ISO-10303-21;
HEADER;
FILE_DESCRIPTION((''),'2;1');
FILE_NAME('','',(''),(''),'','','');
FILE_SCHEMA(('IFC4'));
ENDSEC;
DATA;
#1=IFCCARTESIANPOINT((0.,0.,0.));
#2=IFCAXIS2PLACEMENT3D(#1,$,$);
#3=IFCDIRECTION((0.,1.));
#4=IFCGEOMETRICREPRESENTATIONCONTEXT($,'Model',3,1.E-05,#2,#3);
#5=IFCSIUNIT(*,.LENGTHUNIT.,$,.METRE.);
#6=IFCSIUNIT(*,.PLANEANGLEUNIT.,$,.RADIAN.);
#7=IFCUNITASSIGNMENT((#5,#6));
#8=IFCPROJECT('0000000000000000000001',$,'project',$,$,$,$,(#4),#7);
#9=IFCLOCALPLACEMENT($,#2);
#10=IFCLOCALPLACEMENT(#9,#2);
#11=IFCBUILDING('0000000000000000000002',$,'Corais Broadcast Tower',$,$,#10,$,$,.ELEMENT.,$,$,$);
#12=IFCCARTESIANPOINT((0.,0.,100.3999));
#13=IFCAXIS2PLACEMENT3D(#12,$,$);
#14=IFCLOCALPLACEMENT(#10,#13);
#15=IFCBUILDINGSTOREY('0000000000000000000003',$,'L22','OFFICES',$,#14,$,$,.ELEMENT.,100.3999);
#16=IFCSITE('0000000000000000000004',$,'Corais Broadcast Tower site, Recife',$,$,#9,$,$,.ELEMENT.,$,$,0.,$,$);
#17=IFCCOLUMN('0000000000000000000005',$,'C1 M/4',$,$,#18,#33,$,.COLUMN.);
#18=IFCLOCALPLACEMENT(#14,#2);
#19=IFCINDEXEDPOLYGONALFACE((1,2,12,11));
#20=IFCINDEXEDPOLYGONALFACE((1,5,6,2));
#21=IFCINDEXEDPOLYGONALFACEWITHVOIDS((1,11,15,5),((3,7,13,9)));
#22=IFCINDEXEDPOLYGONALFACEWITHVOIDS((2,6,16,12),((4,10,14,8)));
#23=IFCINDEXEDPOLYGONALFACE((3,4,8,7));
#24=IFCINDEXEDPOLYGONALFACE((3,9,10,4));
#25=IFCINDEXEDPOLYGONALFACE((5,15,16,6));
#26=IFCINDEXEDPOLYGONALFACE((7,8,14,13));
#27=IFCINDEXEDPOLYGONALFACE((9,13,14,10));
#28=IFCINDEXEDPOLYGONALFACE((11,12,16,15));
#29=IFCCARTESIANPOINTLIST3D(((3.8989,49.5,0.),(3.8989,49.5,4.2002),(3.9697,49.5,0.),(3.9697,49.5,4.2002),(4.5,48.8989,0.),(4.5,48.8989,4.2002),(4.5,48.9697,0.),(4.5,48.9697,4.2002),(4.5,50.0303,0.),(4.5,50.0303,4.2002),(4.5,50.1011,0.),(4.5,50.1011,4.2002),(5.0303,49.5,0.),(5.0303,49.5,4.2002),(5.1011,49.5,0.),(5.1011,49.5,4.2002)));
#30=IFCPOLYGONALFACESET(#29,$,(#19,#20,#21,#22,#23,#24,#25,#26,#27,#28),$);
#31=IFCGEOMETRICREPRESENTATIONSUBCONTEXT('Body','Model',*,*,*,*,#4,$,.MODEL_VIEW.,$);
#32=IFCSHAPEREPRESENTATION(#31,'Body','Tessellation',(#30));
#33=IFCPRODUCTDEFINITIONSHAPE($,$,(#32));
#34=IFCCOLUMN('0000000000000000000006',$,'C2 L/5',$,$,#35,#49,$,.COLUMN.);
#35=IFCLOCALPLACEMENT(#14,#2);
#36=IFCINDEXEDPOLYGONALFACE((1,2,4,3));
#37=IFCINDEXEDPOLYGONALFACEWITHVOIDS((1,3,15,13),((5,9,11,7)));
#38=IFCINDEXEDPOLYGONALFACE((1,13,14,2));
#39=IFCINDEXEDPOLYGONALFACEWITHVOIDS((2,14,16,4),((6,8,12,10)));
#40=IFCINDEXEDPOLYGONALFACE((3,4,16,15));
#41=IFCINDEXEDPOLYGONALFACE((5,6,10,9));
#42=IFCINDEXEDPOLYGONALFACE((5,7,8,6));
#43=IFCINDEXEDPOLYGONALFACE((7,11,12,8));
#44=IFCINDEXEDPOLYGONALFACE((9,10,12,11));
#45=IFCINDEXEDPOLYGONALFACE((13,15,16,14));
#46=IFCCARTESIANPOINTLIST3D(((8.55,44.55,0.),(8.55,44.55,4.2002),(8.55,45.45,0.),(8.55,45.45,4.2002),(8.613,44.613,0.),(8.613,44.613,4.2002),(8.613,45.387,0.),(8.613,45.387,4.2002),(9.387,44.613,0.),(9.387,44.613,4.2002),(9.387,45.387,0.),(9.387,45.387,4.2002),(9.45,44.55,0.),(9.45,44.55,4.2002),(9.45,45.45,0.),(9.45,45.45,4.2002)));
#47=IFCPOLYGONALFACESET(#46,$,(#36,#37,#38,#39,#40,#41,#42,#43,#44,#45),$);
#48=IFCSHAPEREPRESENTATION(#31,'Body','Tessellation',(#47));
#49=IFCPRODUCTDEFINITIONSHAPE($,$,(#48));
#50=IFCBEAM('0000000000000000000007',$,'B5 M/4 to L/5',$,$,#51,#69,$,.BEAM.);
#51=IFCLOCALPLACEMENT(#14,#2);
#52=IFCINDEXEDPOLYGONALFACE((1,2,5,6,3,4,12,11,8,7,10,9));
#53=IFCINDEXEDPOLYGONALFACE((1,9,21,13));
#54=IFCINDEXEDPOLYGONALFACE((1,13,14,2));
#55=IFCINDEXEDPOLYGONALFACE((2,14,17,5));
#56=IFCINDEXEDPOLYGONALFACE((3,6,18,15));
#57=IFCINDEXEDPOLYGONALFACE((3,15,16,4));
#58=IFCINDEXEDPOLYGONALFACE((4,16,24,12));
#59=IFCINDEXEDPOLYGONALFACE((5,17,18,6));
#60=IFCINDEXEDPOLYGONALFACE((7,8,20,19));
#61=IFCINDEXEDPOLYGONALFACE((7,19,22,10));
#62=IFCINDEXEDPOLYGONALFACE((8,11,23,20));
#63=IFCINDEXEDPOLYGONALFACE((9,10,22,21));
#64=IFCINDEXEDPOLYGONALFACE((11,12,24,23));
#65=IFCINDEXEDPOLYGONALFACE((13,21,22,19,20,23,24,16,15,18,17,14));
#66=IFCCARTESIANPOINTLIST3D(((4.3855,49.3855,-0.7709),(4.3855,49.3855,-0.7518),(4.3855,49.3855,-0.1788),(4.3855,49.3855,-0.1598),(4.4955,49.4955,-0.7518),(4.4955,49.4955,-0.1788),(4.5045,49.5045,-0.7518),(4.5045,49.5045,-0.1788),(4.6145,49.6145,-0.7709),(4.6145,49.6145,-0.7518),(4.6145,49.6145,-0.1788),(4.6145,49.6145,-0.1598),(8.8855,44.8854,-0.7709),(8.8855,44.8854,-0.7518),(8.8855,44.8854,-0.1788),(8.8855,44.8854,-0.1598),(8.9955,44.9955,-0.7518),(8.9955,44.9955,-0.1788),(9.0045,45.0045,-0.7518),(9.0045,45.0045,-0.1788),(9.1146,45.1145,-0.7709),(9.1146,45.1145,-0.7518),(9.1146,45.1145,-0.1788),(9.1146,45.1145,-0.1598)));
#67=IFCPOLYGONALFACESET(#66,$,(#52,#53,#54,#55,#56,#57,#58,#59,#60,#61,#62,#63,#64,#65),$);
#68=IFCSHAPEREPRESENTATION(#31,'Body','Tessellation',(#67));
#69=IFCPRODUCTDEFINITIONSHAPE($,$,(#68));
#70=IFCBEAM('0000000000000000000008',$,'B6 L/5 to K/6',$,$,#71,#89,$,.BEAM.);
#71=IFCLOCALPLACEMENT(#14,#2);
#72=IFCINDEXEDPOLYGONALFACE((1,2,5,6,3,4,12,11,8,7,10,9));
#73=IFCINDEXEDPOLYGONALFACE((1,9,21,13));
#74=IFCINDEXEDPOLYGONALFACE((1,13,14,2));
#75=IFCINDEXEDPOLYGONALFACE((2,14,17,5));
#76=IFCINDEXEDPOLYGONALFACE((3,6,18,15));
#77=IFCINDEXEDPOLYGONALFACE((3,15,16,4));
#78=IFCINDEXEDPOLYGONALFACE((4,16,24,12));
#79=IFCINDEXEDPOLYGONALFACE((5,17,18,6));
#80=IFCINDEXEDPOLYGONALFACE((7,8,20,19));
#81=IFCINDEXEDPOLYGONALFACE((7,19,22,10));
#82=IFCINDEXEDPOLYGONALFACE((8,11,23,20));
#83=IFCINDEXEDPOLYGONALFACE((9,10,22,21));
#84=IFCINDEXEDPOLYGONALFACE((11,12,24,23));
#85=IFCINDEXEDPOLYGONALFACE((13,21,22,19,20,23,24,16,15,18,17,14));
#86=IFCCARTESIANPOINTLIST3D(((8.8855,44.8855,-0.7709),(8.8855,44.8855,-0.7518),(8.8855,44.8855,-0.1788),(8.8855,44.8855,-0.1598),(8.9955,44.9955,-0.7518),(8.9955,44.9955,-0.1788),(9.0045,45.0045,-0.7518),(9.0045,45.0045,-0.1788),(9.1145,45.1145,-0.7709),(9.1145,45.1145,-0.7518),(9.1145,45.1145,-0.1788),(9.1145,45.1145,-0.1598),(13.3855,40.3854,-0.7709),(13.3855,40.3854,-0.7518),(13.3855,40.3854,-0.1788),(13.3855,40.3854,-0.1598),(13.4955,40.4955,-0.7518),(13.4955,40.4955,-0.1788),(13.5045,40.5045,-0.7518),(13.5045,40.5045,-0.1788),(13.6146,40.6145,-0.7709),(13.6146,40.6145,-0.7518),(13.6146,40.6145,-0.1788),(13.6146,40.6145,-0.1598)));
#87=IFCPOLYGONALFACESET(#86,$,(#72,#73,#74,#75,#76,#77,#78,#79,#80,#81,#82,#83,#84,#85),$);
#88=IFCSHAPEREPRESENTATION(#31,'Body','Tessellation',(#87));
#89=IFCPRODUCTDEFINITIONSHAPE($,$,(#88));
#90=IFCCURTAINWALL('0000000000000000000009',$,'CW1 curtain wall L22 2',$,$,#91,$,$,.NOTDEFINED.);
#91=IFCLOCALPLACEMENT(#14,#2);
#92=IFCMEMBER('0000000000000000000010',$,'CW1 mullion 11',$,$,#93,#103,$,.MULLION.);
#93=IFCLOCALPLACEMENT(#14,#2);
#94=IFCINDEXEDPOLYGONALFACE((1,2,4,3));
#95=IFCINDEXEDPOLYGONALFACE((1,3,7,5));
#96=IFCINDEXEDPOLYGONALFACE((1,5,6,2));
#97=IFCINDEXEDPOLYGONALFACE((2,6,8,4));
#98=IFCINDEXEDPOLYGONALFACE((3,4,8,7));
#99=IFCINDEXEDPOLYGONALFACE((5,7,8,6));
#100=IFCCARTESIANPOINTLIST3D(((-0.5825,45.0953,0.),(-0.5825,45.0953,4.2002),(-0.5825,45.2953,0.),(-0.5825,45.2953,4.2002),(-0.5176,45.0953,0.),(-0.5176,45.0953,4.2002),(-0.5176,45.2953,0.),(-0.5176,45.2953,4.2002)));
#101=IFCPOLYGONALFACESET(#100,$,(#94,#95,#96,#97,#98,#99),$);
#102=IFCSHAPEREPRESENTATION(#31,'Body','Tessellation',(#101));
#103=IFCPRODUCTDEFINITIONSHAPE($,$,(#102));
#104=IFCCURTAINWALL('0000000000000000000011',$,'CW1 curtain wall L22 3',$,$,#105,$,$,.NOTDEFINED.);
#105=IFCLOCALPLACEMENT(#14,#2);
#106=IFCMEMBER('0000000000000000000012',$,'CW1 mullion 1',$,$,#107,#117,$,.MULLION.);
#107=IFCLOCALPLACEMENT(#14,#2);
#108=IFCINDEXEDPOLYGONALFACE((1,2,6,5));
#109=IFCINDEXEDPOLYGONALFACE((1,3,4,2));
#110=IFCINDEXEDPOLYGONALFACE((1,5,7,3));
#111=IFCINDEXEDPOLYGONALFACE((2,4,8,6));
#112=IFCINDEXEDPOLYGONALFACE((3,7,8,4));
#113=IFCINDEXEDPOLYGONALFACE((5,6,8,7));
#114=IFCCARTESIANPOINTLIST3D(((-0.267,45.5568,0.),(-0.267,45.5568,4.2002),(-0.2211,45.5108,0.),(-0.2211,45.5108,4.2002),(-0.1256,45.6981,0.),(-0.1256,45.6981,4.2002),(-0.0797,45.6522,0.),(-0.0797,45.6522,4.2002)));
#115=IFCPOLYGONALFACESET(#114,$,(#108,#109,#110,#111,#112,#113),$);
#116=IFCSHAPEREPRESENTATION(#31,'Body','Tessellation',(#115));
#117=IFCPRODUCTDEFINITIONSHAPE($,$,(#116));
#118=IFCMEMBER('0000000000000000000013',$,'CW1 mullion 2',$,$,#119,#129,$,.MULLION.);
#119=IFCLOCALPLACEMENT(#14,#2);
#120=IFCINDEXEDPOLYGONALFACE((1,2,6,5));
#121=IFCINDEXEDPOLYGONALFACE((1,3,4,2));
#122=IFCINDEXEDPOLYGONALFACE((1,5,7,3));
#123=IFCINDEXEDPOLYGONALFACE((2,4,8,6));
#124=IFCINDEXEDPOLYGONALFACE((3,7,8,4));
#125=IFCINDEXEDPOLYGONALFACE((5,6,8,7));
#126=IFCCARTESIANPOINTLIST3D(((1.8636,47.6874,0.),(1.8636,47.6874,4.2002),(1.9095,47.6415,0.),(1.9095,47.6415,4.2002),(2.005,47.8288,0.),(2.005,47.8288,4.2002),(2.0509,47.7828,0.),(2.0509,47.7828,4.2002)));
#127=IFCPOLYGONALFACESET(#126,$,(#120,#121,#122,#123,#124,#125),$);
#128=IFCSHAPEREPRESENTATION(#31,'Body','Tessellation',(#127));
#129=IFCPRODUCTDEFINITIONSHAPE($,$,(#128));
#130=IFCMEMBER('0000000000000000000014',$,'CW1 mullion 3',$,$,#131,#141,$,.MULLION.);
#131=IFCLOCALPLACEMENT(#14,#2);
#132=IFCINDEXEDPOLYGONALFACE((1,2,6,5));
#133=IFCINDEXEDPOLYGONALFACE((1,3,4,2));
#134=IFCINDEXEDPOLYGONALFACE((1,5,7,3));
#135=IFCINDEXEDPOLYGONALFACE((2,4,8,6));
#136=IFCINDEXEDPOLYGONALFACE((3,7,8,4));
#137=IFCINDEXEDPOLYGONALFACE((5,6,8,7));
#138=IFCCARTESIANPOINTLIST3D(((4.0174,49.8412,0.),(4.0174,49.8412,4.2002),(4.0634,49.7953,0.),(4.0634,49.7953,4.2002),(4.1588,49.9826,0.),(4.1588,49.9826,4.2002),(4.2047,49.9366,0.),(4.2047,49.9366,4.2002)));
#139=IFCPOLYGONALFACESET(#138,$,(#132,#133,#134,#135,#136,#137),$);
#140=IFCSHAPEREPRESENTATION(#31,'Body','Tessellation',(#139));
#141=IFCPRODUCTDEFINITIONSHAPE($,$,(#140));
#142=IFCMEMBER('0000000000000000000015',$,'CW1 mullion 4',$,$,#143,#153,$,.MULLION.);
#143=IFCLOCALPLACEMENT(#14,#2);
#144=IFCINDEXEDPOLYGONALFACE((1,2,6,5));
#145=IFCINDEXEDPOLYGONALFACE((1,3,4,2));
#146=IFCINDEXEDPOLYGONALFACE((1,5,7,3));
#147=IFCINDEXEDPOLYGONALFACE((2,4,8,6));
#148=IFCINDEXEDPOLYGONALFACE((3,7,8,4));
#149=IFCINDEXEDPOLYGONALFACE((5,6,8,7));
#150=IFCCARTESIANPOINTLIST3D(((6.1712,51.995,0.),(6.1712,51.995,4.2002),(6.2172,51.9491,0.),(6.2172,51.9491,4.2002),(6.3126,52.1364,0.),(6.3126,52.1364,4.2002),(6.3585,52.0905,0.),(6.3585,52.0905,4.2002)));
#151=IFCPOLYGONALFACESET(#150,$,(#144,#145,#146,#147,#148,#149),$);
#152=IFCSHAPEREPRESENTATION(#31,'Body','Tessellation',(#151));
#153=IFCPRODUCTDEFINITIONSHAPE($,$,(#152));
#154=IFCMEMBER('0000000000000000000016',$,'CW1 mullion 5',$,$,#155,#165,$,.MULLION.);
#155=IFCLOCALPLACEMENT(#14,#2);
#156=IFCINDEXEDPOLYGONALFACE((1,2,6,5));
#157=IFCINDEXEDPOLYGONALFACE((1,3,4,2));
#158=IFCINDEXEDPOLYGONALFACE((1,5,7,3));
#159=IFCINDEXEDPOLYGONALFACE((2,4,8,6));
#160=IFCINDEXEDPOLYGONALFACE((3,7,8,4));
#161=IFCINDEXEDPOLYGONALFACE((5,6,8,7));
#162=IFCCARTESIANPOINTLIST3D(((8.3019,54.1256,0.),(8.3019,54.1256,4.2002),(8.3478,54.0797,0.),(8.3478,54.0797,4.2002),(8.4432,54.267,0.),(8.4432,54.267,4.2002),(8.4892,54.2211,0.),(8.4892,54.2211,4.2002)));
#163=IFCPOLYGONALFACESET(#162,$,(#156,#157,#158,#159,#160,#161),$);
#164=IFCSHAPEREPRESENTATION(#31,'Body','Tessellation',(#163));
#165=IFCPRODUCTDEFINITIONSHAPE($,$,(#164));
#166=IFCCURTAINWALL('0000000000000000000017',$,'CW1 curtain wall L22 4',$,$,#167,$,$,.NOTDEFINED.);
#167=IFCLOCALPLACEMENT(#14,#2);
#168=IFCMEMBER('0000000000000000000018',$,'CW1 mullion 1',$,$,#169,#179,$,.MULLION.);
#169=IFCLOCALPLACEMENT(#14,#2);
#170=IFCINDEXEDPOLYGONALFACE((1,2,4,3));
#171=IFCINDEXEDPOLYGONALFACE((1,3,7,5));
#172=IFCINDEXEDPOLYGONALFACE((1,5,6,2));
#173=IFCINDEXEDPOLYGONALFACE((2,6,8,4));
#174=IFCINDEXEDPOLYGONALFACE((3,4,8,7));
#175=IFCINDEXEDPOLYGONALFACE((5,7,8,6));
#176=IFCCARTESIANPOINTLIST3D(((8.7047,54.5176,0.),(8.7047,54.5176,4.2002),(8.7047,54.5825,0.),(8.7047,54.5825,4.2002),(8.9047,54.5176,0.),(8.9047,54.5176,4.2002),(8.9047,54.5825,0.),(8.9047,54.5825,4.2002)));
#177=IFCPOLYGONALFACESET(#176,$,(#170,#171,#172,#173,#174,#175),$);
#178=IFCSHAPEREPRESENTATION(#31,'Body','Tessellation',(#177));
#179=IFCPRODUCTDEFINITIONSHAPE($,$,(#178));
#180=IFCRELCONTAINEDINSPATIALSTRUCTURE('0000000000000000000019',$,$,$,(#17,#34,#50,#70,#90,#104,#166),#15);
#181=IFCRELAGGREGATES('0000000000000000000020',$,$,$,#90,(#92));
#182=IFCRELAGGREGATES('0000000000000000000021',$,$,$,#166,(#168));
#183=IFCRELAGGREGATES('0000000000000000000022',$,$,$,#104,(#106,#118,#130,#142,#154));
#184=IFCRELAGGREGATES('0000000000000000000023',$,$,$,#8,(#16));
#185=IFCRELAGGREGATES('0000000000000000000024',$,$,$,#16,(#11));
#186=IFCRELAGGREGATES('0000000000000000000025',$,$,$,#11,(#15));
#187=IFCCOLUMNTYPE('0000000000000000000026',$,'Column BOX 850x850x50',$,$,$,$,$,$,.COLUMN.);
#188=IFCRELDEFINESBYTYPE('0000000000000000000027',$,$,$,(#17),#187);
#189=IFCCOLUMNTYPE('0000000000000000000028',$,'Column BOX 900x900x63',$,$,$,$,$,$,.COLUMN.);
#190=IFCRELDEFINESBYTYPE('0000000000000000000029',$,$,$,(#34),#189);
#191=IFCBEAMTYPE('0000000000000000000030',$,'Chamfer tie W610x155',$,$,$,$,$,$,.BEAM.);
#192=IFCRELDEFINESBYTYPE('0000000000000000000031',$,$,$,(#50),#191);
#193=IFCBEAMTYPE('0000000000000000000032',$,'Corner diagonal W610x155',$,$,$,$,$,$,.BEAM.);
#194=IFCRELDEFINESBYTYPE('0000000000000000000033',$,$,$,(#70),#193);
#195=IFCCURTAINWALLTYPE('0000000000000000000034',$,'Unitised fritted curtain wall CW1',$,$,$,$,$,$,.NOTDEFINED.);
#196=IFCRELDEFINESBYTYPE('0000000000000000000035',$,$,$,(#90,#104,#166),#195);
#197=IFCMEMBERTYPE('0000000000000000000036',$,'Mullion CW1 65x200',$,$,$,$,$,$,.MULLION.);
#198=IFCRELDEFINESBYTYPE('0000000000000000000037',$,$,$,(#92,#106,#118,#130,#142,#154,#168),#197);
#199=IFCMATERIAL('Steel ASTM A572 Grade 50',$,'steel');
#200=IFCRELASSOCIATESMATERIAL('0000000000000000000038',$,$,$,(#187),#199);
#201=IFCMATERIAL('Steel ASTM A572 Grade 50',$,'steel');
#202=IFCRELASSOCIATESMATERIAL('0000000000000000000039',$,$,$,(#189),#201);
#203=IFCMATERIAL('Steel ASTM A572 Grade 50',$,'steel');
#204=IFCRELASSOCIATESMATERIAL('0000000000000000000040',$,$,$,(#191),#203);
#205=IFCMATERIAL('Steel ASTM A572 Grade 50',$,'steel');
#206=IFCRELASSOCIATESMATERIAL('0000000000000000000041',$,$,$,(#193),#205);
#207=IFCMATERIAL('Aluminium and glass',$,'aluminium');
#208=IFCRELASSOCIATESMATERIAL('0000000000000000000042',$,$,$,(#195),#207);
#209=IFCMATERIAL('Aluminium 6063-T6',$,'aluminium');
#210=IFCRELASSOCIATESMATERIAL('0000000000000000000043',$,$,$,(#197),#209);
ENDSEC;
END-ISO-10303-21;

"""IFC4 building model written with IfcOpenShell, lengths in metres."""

from ifc_helpers import new_model, si_unit, direction, frame, origin, origin_2d, place, context, subcontext, project, spatial, rectangle, hollow_rectangle, i_section, extrude, material, material_profile, profile_set, type_object, element, aggregate, save


model = new_model("IFC4")

# Units and contexts
model_context = context("Model", 3, precision=1e-05, world=origin(), true_north=direction((0.0, 1.0)))
body_context = subcontext(model_context, "Body", "Model", "MODEL_VIEW")
ifc_project = project(units=[si_unit("LENGTHUNIT", "METRE"), si_unit("PLANEANGLEUNIT", "RADIAN")], contexts=[model_context])

# Site, building, storey
site_placement = place(None, origin())
site = spatial("IfcSite", under=ifc_project, at=site_placement, Name="Corais Broadcast Tower site, Recife", CompositionType="ELEMENT", RefElevation=0.0)
building_placement = place(site_placement, origin())
building = spatial("IfcBuilding", under=site, at=building_placement, Name="Corais Broadcast Tower", CompositionType="ELEMENT")
storey_placement = place(building_placement, frame((0.0, 0.0, 100.3999)))
storey = spatial("IfcBuildingStorey", under=building, at=storey_placement, Name="L22", Description="OFFICES", CompositionType="ELEMENT", Elevation=100.3999)

# Columns
ifc_material_1 = material(Name="Steel ASTM A572 Grade 50", Category="steel")
ifc_material_profile_1 = material_profile(ifc_material_1, hollow_rectangle(XDim=0.8501, YDim=0.8501, WallThickness=0.05, at=origin_2d()), Name="BOX 850x850x50")
ifc_profile_set_1 = profile_set([ifc_material_profile_1], Name="Steel ASTM A572 Grade 50")
column_type_1 = type_object("IfcColumnType", Name="Column BOX 850x850x50", PredefinedType="COLUMN", material=ifc_profile_set_1)
column_1_placement = place(storey_placement, frame((4.5, 49.5, 0.0), z_axis=(0.0, 0.0, 1.0), x_axis=(0.707107, 0.707107, 0.0)))
element("IfcColumn", 1, at=column_1_placement, inside=storey, type_object=column_type_1, Name="C1 M/4", PredefinedType="COLUMN", context=body_context, shape_type="SweptSolid", body=[
    extrude(hollow_rectangle(XDim=0.8501, YDim=0.8501, WallThickness=0.05, at=origin_2d()), origin(), (0.0, 0.0, 1.0), 4.2002),
])
ifc_material_2 = material(Name="Steel ASTM A572 Grade 50", Category="steel")
ifc_material_profile_2 = material_profile(ifc_material_2, hollow_rectangle(XDim=0.8999, YDim=0.8999, WallThickness=0.063, at=origin_2d()), Name="BOX 900x900x63")
ifc_profile_set_2 = profile_set([ifc_material_profile_2], Name="Steel ASTM A572 Grade 50")
column_type_2 = type_object("IfcColumnType", Name="Column BOX 900x900x63", PredefinedType="COLUMN", material=ifc_profile_set_2)
column_2_placement = place(storey_placement, frame((9.0, 45.0, 0.0), z_axis=(0.0, 0.0, 1.0), x_axis=(1.0, 0.0, 0.0)))
element("IfcColumn", 2, at=column_2_placement, inside=storey, type_object=column_type_2, Name="C2 L/5", PredefinedType="COLUMN", context=body_context, shape_type="SweptSolid", body=[
    extrude(hollow_rectangle(XDim=0.8999, YDim=0.8999, WallThickness=0.063, at=origin_2d()), origin(), (0.0, 0.0, 1.0), 4.2002),
])

# Beams
ifc_material_3 = material(Name="Steel ASTM A572 Grade 50", Category="steel")
ifc_material_profile_3 = material_profile(ifc_material_3, i_section(OverallWidth=0.324, OverallDepth=0.6111, WebThickness=0.0127, FlangeThickness=0.019, at=origin_2d()), Name="W610x155")
ifc_profile_set_3 = profile_set([ifc_material_profile_3], Name="Steel ASTM A572 Grade 50")
beam_type_1 = type_object("IfcBeamType", Name="Chamfer tie W610x155", PredefinedType="BEAM", material=ifc_profile_set_3)
beam_1_placement = place(storey_placement, frame((4.5, 49.5, -0.4653), z_axis=(0.707107, -0.707107, 0.0), x_axis=(0.707107, 0.707107, 0.0)))
element("IfcBeam", 3, at=beam_1_placement, inside=storey, type_object=beam_type_1, Name="B5 M/4 to L/5", PredefinedType="BEAM", context=body_context, shape_type="SweptSolid", body=[
    extrude(i_section(OverallWidth=0.324, OverallDepth=0.6111, WebThickness=0.0127, FlangeThickness=0.019, at=origin_2d()), origin(), (0.0, 0.0, 1.0), 6.364),
])
ifc_material_4 = material(Name="Steel ASTM A572 Grade 50", Category="steel")
ifc_material_profile_4 = material_profile(ifc_material_4, i_section(OverallWidth=0.324, OverallDepth=0.6111, WebThickness=0.0127, FlangeThickness=0.019, at=origin_2d()), Name="W610x155")
ifc_profile_set_4 = profile_set([ifc_material_profile_4], Name="Steel ASTM A572 Grade 50")
beam_type_2 = type_object("IfcBeamType", Name="Corner diagonal W610x155", PredefinedType="BEAM", material=ifc_profile_set_4)
beam_2_placement = place(storey_placement, frame((9.0, 45.0, -0.4653), z_axis=(0.707107, -0.707107, 0.0), x_axis=(0.707107, 0.707107, 0.0)))
element("IfcBeam", 4, at=beam_2_placement, inside=storey, type_object=beam_type_2, Name="B6 L/5 to K/6", PredefinedType="BEAM", context=body_context, shape_type="SweptSolid", body=[
    extrude(i_section(OverallWidth=0.324, OverallDepth=0.6111, WebThickness=0.0127, FlangeThickness=0.019, at=origin_2d()), origin(), (0.0, 0.0, 1.0), 6.364),
])

# Curtain wall, member
ifc_material_5 = material(Name="Aluminium and glass", Category="aluminium")
curtain_wall_type = type_object("IfcCurtainWallType", Name="Unitised fritted curtain wall CW1", PredefinedType="NOTDEFINED", material=ifc_material_5)
curtain_wall_1_placement = place(storey_placement, origin())
curtain_wall_1 = element("IfcCurtainWall", 5, at=curtain_wall_1_placement, inside=storey, type_object=curtain_wall_type, Name="CW1 curtain wall L22 2", PredefinedType="NOTDEFINED")
ifc_material_6 = material(Name="Aluminium 6063-T6", Category="aluminium")
ifc_material_profile_5 = material_profile(ifc_material_6, rectangle(XDim=0.0649, YDim=0.2, at=origin_2d()), Name="Mullion CW1 65x200")
ifc_profile_set_5 = profile_set([ifc_material_profile_5], Name="Aluminium 6063-T6")
member_type_1 = type_object("IfcMemberType", Name="Mullion CW1 65x200", PredefinedType="MULLION", material=ifc_profile_set_5)
member_1_placement = place(storey_placement, frame((-0.55, 45.1953, 0.0), z_axis=(0.0, 0.0, 1.0), x_axis=(-1.0, 0.0, 0.0)))
member_1 = element("IfcMember", 6, at=member_1_placement, type_object=member_type_1, Name="CW1 mullion 11", PredefinedType="MULLION", context=body_context, shape_type="SweptSolid", body=[
    extrude(rectangle(XDim=0.0649, YDim=0.2, at=origin_2d()), origin(), (0.0, 0.0, 1.0), 4.2002),
])
aggregate(curtain_wall_1, [member_1])

# Curtain wall, members
curtain_wall_2_placement = place(storey_placement, origin())
curtain_wall_2 = element("IfcCurtainWall", 7, at=curtain_wall_2_placement, inside=storey, type_object=curtain_wall_type, Name="CW1 curtain wall L22 3", PredefinedType="NOTDEFINED")
member_2_placement = place(storey_placement, frame((-0.1733, 45.6045, 0.0), z_axis=(0.0, 0.0, 1.0), x_axis=(-0.707107, 0.707107, 0.0)))
member_2 = element("IfcMember", 8, at=member_2_placement, type_object=member_type_1, Name="CW1 mullion 1", PredefinedType="MULLION", context=body_context, shape_type="SweptSolid", body=[
    extrude(rectangle(XDim=0.0649, YDim=0.2, at=origin_2d()), origin(), (0.0, 0.0, 1.0), 4.2002),
])
member_3_placement = place(storey_placement, frame((1.9573, 47.7351, 0.0), z_axis=(0.0, 0.0, 1.0), x_axis=(-0.707107, 0.707107, 0.0)))
member_3 = element("IfcMember", 9, at=member_3_placement, type_object=member_type_1, Name="CW1 mullion 2", PredefinedType="MULLION", context=body_context, shape_type="SweptSolid", body=[
    extrude(rectangle(XDim=0.0649, YDim=0.2, at=origin_2d()), origin(), (0.0, 0.0, 1.0), 4.2002),
])
member_4_placement = place(storey_placement, frame((4.1111, 49.8889, 0.0), z_axis=(0.0, 0.0, 1.0), x_axis=(-0.707107, 0.707107, 0.0)))
member_4 = element("IfcMember", 10, at=member_4_placement, type_object=member_type_1, Name="CW1 mullion 3", PredefinedType="MULLION", context=body_context, shape_type="SweptSolid", body=[
    extrude(rectangle(XDim=0.0649, YDim=0.2, at=origin_2d()), origin(), (0.0, 0.0, 1.0), 4.2002),
])
member_5_placement = place(storey_placement, frame((6.2649, 52.0427, 0.0), z_axis=(0.0, 0.0, 1.0), x_axis=(-0.707107, 0.707107, 0.0)))
member_5 = element("IfcMember", 11, at=member_5_placement, type_object=member_type_1, Name="CW1 mullion 4", PredefinedType="MULLION", context=body_context, shape_type="SweptSolid", body=[
    extrude(rectangle(XDim=0.0649, YDim=0.2, at=origin_2d()), origin(), (0.0, 0.0, 1.0), 4.2002),
])
member_6_placement = place(storey_placement, frame((8.3955, 54.1733, 0.0), z_axis=(0.0, 0.0, 1.0), x_axis=(-0.707107, 0.707107, 0.0)))
member_6 = element("IfcMember", 12, at=member_6_placement, type_object=member_type_1, Name="CW1 mullion 5", PredefinedType="MULLION", context=body_context, shape_type="SweptSolid", body=[
    extrude(rectangle(XDim=0.0649, YDim=0.2, at=origin_2d()), origin(), (0.0, 0.0, 1.0), 4.2002),
])

# Curtain wall, member
curtain_wall_3_placement = place(storey_placement, origin())
curtain_wall_3 = element("IfcCurtainWall", 13, at=curtain_wall_3_placement, inside=storey, type_object=curtain_wall_type, Name="CW1 curtain wall L22 4", PredefinedType="NOTDEFINED")
member_7_placement = place(storey_placement, frame((8.8047, 54.55, 0.0), z_axis=(0.0, 0.0, 1.0), x_axis=(0.0, 1.0, 0.0)))
member_7 = element("IfcMember", 14, at=member_7_placement, type_object=member_type_1, Name="CW1 mullion 1", PredefinedType="MULLION", context=body_context, shape_type="SweptSolid", body=[
    extrude(rectangle(XDim=0.0649, YDim=0.2, at=origin_2d()), origin(), (0.0, 0.0, 1.0), 4.2002),
])

aggregate(curtain_wall_3, [member_7])

aggregate(curtain_wall_2, [member_2, member_3, member_4, member_5, member_6])

save(model, "model.ifc")
